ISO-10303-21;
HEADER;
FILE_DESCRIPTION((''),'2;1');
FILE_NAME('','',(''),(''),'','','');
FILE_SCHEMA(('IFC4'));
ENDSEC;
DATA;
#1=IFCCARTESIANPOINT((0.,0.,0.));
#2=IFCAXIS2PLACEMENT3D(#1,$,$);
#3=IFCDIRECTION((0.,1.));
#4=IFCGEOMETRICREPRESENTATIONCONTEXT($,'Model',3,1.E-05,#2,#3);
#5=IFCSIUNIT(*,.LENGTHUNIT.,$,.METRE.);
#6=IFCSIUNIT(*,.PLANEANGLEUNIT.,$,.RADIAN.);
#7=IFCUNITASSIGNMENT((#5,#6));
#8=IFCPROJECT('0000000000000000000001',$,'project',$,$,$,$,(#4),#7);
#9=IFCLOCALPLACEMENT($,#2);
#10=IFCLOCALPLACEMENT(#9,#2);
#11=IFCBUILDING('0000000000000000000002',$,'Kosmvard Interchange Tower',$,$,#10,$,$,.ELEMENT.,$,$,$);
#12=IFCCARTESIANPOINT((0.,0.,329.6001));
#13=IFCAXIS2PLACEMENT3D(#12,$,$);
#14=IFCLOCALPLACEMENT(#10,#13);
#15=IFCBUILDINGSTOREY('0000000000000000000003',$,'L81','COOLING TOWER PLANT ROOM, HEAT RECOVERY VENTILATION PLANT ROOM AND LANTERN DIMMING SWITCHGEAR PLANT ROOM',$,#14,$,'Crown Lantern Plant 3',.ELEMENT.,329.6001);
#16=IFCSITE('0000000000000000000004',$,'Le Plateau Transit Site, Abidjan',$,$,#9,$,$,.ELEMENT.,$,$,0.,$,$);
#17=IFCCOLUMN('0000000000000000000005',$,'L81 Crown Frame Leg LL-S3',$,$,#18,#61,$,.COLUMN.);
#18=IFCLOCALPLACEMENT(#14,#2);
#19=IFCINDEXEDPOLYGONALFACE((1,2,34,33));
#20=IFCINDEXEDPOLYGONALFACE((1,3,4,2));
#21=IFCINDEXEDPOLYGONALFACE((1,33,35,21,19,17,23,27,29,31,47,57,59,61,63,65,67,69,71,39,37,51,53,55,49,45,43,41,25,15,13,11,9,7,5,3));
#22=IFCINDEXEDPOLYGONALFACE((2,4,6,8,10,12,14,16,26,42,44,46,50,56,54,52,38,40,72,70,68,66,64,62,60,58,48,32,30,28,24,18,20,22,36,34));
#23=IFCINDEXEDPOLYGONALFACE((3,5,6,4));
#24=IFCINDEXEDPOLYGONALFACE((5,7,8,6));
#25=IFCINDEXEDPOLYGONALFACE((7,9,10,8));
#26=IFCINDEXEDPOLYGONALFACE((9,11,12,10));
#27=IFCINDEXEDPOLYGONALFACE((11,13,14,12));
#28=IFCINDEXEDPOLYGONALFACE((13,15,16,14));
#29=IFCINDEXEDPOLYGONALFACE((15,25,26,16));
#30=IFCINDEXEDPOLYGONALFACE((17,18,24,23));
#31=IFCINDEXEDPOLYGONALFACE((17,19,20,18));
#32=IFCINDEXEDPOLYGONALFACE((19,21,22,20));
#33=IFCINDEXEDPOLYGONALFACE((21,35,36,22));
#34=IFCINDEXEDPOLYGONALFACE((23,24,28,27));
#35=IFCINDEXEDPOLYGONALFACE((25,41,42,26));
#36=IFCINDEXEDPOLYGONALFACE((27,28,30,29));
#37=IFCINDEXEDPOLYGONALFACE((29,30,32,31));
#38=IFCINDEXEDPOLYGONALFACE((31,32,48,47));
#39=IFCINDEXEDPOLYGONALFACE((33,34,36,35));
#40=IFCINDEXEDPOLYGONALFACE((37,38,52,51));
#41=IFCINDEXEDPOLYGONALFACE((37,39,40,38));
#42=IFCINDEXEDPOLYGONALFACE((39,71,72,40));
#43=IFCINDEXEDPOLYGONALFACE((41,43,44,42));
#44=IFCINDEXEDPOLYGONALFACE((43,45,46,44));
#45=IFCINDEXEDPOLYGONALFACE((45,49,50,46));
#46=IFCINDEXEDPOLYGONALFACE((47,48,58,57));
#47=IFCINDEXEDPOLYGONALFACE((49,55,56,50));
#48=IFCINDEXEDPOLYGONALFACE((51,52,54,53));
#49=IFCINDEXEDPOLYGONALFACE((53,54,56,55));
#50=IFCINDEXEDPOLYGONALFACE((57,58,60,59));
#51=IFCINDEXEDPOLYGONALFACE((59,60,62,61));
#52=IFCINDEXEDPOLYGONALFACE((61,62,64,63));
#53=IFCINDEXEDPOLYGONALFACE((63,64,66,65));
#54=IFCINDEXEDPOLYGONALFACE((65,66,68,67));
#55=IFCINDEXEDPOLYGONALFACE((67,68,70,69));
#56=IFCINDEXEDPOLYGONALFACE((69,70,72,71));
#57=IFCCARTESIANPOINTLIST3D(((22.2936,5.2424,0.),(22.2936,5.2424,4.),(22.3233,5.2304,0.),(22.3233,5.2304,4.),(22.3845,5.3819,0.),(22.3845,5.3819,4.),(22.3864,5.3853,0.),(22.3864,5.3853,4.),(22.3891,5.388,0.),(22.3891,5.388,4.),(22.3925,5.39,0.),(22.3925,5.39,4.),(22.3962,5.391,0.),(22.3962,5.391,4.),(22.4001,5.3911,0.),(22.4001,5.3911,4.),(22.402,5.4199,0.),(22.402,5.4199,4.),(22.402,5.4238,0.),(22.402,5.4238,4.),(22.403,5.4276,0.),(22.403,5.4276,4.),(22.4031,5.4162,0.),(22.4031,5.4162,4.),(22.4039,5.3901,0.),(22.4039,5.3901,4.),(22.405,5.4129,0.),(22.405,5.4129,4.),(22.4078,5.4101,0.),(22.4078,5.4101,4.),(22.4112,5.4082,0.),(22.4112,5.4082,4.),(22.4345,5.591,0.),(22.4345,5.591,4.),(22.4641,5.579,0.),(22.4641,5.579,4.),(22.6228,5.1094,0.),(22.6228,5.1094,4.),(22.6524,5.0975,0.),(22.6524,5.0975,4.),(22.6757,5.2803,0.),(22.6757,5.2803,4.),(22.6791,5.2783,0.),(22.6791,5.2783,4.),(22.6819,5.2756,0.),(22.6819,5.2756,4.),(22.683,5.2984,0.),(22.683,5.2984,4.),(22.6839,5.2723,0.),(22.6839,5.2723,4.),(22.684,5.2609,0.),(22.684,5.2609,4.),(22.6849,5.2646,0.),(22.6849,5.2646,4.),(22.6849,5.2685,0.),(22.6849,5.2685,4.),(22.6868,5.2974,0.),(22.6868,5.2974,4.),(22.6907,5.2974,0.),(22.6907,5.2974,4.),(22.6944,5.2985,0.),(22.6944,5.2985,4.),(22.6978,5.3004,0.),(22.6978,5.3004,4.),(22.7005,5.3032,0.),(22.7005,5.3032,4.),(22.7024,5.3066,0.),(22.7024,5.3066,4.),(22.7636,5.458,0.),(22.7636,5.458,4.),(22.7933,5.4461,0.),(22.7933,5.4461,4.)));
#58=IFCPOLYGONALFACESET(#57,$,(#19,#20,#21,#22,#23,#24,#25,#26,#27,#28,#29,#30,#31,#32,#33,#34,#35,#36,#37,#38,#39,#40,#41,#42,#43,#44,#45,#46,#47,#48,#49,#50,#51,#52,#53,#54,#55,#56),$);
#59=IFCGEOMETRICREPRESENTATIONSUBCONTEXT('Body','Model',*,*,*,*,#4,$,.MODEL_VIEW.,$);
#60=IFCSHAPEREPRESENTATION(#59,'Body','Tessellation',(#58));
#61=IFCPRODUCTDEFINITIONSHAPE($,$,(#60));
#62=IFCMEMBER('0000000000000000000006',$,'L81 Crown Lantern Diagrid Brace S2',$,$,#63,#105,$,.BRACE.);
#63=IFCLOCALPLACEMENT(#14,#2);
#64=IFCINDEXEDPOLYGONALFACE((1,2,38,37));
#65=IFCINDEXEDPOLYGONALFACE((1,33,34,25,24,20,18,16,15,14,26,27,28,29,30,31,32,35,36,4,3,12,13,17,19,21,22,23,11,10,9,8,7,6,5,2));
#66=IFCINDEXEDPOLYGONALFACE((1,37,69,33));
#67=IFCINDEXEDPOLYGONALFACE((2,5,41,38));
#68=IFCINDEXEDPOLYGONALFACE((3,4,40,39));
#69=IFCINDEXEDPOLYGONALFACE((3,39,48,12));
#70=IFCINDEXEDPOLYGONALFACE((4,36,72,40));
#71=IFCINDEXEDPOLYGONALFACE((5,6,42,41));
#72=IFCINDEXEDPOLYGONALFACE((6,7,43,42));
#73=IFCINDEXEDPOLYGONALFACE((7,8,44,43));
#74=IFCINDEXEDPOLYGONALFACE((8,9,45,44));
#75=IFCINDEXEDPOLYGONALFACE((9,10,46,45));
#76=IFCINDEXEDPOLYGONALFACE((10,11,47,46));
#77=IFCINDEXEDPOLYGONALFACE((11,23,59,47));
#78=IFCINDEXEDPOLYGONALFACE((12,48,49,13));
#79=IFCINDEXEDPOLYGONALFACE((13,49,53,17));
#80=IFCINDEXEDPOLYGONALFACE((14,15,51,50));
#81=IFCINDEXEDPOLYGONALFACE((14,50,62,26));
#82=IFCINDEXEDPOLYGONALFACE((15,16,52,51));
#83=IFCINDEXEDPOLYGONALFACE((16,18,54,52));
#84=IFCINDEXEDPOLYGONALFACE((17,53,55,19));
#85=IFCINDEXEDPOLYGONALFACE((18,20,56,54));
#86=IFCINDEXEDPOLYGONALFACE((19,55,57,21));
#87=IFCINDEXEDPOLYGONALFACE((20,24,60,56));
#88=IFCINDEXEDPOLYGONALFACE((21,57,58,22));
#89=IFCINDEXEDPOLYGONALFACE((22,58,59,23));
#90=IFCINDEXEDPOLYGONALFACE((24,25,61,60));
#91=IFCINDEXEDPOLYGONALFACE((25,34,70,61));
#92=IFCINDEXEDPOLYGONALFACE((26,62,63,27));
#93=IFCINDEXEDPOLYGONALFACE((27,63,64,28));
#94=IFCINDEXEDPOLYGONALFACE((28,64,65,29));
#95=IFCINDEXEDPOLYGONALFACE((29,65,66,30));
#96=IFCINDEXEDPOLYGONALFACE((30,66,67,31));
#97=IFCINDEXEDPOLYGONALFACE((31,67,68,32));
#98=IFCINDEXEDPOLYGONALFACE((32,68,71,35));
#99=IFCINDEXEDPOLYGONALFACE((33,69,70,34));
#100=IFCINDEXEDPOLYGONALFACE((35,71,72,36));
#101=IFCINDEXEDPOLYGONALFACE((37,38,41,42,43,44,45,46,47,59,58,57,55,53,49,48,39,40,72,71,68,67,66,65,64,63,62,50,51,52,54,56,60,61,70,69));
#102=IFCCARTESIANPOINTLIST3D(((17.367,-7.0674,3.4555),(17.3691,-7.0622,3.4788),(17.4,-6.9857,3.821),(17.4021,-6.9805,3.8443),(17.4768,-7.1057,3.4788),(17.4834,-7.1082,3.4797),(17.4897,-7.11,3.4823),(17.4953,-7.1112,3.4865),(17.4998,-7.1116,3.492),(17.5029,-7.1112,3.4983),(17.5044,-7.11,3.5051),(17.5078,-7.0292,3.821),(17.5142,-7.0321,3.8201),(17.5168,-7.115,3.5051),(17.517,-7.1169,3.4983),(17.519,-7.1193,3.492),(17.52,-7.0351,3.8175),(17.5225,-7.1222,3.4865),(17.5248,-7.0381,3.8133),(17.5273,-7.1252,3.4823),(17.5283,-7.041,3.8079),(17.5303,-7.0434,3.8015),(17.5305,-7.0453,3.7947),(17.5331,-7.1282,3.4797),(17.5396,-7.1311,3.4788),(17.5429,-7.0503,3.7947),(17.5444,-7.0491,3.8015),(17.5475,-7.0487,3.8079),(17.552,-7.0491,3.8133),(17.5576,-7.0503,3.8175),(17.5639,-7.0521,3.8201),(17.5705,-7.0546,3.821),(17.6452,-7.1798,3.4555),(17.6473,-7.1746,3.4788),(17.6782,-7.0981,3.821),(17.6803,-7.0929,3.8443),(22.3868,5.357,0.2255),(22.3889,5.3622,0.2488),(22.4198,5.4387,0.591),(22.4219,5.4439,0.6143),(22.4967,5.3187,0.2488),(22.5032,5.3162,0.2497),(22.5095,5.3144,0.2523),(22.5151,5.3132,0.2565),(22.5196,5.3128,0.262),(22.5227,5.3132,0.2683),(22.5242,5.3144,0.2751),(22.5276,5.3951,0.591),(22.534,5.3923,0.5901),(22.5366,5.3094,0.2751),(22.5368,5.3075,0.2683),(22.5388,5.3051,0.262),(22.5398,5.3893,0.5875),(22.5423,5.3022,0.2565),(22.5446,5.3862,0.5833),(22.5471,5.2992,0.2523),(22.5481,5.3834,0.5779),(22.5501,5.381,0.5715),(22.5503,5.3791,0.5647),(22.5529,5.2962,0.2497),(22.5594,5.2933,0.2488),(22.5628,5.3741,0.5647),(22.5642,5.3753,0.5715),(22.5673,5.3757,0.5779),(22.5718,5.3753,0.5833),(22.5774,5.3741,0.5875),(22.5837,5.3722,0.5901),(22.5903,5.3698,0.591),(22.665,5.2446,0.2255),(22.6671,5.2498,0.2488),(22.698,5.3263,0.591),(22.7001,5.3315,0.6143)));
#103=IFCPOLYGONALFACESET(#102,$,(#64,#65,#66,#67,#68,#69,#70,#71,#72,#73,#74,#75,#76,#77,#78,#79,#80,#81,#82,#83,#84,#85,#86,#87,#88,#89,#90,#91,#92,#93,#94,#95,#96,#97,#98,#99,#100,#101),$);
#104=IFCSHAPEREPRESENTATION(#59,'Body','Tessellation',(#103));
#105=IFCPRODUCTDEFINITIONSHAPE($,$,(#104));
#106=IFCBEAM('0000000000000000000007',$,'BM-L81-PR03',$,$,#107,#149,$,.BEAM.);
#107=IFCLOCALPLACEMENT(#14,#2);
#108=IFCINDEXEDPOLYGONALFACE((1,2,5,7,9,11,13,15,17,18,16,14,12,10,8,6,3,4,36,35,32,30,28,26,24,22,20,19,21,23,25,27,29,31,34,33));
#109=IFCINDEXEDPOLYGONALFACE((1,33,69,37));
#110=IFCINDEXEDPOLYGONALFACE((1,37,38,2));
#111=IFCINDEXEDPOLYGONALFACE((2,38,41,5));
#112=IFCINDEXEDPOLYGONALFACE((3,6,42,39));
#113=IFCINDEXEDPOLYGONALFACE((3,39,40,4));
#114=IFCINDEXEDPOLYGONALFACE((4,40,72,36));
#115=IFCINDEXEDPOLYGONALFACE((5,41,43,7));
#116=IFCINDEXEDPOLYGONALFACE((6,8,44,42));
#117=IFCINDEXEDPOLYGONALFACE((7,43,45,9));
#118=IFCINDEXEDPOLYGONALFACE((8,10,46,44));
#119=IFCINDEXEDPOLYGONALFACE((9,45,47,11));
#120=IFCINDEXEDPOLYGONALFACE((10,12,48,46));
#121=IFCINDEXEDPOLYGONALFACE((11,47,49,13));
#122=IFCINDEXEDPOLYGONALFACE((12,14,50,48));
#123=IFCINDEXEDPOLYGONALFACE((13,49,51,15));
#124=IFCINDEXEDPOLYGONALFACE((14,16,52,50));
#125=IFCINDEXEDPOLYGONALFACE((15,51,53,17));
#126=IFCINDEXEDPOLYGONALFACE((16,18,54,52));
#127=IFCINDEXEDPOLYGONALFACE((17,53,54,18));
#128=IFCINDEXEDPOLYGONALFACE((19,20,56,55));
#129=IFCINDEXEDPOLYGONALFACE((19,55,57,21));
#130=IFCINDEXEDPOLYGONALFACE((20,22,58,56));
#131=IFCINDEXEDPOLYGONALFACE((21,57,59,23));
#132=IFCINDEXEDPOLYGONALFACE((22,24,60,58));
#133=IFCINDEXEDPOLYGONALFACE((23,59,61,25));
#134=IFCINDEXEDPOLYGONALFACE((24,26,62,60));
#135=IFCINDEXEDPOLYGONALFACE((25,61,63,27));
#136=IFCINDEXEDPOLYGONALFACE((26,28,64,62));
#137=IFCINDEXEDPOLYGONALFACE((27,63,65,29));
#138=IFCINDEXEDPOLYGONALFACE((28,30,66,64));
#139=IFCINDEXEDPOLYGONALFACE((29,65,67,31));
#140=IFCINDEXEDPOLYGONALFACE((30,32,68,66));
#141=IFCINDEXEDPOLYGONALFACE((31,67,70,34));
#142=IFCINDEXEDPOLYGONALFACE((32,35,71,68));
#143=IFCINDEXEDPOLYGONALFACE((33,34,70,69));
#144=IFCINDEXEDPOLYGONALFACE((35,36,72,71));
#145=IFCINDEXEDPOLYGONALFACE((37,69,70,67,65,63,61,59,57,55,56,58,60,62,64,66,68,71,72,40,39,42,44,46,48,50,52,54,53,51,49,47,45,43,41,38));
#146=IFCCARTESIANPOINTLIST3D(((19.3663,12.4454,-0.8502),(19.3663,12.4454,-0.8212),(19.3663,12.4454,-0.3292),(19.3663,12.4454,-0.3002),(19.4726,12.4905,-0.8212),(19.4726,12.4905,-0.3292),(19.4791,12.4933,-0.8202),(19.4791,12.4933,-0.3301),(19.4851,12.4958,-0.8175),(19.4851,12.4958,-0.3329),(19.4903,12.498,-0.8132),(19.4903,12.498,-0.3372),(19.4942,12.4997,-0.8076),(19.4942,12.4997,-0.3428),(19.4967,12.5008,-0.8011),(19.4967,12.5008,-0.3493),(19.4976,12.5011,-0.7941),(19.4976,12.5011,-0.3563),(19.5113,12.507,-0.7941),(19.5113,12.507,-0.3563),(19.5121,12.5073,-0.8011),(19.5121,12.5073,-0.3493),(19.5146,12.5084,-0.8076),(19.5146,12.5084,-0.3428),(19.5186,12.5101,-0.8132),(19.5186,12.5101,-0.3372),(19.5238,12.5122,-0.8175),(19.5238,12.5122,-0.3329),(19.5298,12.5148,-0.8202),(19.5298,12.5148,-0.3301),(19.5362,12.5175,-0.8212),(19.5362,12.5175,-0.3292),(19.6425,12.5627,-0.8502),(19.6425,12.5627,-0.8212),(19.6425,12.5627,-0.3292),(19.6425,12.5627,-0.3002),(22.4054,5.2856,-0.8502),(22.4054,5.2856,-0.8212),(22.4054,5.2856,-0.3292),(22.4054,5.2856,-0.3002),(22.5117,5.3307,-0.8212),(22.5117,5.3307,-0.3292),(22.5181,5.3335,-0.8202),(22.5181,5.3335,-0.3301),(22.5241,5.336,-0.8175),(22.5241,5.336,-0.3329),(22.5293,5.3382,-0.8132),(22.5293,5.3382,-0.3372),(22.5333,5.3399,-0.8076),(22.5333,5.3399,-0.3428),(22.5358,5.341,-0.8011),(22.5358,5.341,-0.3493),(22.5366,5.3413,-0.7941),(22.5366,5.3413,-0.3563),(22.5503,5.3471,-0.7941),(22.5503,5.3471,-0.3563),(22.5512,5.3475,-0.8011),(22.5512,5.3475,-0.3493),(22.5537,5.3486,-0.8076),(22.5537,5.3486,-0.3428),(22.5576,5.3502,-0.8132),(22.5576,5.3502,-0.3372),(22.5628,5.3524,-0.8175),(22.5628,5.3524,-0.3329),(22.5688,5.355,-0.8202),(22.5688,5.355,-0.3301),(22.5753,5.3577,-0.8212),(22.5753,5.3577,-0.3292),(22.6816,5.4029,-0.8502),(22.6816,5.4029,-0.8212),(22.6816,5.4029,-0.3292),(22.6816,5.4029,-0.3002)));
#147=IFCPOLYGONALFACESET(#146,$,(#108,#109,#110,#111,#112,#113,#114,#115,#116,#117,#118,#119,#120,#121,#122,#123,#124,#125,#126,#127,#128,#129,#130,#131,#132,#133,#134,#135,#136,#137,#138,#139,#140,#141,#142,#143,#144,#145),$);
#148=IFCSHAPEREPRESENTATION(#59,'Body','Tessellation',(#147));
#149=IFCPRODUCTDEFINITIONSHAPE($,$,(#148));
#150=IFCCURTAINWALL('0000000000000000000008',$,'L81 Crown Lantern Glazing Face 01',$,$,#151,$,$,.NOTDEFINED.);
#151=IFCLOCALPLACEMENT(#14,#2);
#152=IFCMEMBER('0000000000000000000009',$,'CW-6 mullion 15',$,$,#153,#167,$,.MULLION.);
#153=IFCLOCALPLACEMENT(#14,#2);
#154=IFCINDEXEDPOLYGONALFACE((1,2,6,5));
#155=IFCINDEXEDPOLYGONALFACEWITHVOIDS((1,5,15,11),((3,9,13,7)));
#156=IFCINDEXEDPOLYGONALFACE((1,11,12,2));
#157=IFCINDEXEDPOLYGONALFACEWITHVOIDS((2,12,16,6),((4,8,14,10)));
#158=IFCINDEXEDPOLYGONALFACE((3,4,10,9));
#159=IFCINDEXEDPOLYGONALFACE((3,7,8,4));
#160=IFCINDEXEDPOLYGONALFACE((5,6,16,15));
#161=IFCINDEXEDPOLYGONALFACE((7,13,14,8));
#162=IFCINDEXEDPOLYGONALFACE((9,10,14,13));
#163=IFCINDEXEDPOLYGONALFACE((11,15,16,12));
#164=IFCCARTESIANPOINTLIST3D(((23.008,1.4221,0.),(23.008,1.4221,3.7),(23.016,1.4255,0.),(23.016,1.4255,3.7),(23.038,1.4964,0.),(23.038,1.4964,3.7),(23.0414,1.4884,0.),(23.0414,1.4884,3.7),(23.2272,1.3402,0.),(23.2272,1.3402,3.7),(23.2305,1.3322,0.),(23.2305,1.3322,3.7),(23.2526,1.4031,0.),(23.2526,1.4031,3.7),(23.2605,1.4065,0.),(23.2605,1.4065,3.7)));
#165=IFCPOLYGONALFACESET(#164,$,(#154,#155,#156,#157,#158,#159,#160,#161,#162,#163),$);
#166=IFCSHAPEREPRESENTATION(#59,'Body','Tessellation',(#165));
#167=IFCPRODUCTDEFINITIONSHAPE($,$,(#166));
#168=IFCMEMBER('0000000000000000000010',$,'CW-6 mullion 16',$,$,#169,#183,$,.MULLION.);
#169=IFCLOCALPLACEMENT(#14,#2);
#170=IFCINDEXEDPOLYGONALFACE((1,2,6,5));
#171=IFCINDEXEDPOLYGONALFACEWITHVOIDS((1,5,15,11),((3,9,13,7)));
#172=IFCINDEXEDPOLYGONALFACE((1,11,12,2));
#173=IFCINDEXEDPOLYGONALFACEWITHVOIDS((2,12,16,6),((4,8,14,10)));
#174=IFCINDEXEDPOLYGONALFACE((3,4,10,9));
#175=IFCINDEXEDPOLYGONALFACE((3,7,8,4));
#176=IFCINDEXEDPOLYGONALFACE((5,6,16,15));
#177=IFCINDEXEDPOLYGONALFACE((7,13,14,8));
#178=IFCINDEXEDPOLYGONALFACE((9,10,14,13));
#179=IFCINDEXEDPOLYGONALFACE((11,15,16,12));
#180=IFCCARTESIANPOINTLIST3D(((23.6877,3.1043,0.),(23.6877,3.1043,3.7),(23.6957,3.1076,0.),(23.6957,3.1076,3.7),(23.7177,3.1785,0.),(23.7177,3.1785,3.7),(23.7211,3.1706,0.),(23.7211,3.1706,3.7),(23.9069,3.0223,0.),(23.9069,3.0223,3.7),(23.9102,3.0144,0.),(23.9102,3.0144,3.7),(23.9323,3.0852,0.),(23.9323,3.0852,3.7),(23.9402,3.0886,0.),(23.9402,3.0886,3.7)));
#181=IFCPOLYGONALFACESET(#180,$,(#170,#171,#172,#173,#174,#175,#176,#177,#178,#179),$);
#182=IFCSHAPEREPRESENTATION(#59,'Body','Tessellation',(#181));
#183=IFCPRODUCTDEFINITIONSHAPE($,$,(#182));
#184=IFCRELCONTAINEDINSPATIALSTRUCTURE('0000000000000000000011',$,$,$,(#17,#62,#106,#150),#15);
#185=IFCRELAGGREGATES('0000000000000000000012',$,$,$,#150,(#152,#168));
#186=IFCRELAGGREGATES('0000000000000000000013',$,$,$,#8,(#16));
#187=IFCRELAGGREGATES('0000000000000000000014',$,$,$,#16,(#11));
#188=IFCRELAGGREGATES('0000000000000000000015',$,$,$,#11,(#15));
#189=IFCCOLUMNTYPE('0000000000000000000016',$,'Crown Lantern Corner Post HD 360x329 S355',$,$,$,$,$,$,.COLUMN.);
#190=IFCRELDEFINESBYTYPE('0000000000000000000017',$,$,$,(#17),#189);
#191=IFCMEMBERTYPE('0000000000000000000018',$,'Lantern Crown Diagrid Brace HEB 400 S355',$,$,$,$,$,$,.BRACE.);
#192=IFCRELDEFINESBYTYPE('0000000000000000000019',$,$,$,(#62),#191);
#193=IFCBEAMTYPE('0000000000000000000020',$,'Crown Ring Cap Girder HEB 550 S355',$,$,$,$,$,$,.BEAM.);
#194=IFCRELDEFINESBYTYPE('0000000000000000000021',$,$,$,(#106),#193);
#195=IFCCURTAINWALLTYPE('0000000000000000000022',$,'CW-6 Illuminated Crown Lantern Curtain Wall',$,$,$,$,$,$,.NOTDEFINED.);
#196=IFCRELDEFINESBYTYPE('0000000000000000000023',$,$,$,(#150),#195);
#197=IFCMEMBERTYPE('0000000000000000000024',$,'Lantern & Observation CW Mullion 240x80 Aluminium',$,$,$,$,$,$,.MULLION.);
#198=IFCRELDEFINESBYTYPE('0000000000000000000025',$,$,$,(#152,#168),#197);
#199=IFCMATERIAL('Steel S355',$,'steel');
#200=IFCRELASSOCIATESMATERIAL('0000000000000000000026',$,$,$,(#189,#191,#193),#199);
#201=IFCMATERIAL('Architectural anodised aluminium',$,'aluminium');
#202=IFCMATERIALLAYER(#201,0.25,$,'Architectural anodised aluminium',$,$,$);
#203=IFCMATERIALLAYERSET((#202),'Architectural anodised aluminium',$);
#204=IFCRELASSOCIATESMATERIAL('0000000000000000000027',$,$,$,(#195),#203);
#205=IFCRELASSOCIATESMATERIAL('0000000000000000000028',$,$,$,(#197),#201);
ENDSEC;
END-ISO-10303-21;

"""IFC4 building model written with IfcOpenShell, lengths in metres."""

from ifc_helpers import new_model, si_unit, direction, frame, origin, origin_2d, place, context, subcontext, project, spatial, hollow_rectangle, i_section, extrude, source, transform, mapped, material, layer, layer_set, material_profile, profile_set, type_object, element, aggregate, save


model = new_model("IFC4")

# Units and contexts
model_context = context("Model", 3, precision=1e-05, world=origin(), true_north=direction((0.0, 1.0)))
body_context = subcontext(model_context, "Body", "Model", "MODEL_VIEW")
ifc_project = project(units=[si_unit("LENGTHUNIT", "METRE"), si_unit("PLANEANGLEUNIT", "RADIAN")], contexts=[model_context])

# Site, building, storey
site_placement = place(None, origin())
site = spatial("IfcSite", under=ifc_project, at=site_placement, Name="Le Plateau Transit Site, Abidjan", CompositionType="ELEMENT", RefElevation=0.0)
building_placement = place(site_placement, origin())
building = spatial("IfcBuilding", under=site, at=building_placement, Name="Kosmvard Interchange Tower", CompositionType="ELEMENT")
storey_placement = place(building_placement, frame((0.0, 0.0, 329.6001)))
storey = spatial("IfcBuildingStorey", under=building, at=storey_placement, Name="L81", Description="COOLING TOWER PLANT ROOM, HEAT RECOVERY VENTILATION PLANT ROOM AND LANTERN DIMMING SWITCHGEAR PLANT ROOM", LongName="Crown Lantern Plant 3", CompositionType="ELEMENT", Elevation=329.6001)

# Column
ifc_material_1 = material(Name="Steel S355", Category="steel")
ifc_material_profile_1 = material_profile(ifc_material_1, i_section(OverallWidth=0.376, OverallDepth=0.387, WebThickness=0.0195, FlangeThickness=0.032, FilletRadius=0.0149, at=origin_2d()), Name="HD 360x329")
ifc_profile_set_1 = profile_set([ifc_material_profile_1], Name="Steel S355")
column_type = type_object("IfcColumnType", Name="Crown Lantern Corner Post HD 360x329 S355", PredefinedType="COLUMN", material=ifc_profile_set_1)
shared_shape_1 = source(origin(), body_context, "Body", "SweptSolid", [
    extrude(i_section(OverallWidth=0.376, OverallDepth=0.387, WebThickness=0.0195, FlangeThickness=0.032, FilletRadius=0.0149, at=origin_2d()), origin(), (0.0, 0.0, 1.0), 4.0),
])
column_placement = place(storey_placement, frame((22.5435, 5.3442, 0.0), z_axis=(0.0, 0.0, 1.0), x_axis=(0.374607, 0.927184, 0.0)))
element("IfcColumn", 1, at=column_placement, inside=storey, type_object=column_type, Name="L81 Crown Frame Leg LL-S3", PredefinedType="COLUMN", context=body_context, shape_type="MappedRepresentation", body=[
    mapped(shared_shape_1, transform((0.0, 0.0, 0.0), scale=1.0)),
])

# Member
ifc_material_profile_2 = material_profile(ifc_material_1, i_section(OverallWidth=0.3, OverallDepth=0.3999, WebThickness=0.0134, FlangeThickness=0.0239, FilletRadius=0.0271, at=origin_2d()), Name="HEB 400")
ifc_profile_set_2 = profile_set([ifc_material_profile_2], Name="Steel S355")
member_type_1 = type_object("IfcMemberType", Name="Lantern Crown Diagrid Brace HEB 400 S355", PredefinedType="BRACE", material=ifc_profile_set_2)
shared_shape_2 = source(origin(), body_context, "Body", "SweptSolid", [
    extrude(i_section(OverallWidth=0.3, OverallDepth=0.3999, WebThickness=0.0134, FlangeThickness=0.0239, FilletRadius=0.0271, at=origin_2d()), origin(), (0.0, 0.0, 1.0), 13.7839),
])
member_1_placement = place(storey_placement, frame((22.5435, 5.3442, 0.4199), z_axis=(-0.364178, -0.901368, 0.234331), x_axis=(0.927183, -0.374608, 0.0)))
element("IfcMember", 2, at=member_1_placement, inside=storey, type_object=member_type_1, Name="L81 Crown Lantern Diagrid Brace S2", PredefinedType="BRACE", context=body_context, shape_type="MappedRepresentation", body=[
    mapped(shared_shape_2, transform((0.0, 0.0, 0.0), scale=1.0)),
])

# Beam
ifc_material_profile_3 = material_profile(ifc_material_1, i_section(OverallWidth=0.3, OverallDepth=0.55, WebThickness=0.0149, FlangeThickness=0.0291, FilletRadius=0.0271, at=origin_2d()), Name="HEB 550")
ifc_profile_set_3 = profile_set([ifc_material_profile_3], Name="Steel S355")
beam_type = type_object("IfcBeamType", Name="Crown Ring Cap Girder HEB 550 S355", PredefinedType="BEAM", material=ifc_profile_set_3)
shared_shape_3 = source(origin(), body_context, "Body", "SweptSolid", [
    extrude(i_section(OverallWidth=0.3, OverallDepth=0.55, WebThickness=0.0149, FlangeThickness=0.0291, FilletRadius=0.0271, at=origin_2d()), origin(), (0.0, 0.0, 1.0), 7.7781),
])
beam_placement = place(storey_placement, frame((22.5435, 5.3442, -0.5752), z_axis=(-0.390716, 0.920511, 0.0), x_axis=(-0.920511, -0.390716, 0.0)))
element("IfcBeam", 3, at=beam_placement, inside=storey, type_object=beam_type, Name="BM-L81-PR03", PredefinedType="BEAM", context=body_context, shape_type="MappedRepresentation", body=[
    mapped(shared_shape_3, transform((0.0, 0.0, 0.0), scale=1.0)),
])

# Curtain wall, members
ifc_material_2 = material(Name="Architectural anodised aluminium", Category="aluminium")
ifc_layer_1 = layer(ifc_material_2, 0.25, Name="Architectural anodised aluminium")
ifc_layer_set_1 = layer_set([ifc_layer_1], Name="Architectural anodised aluminium")
curtain_wall_type = type_object("IfcCurtainWallType", Name="CW-6 Illuminated Crown Lantern Curtain Wall", PredefinedType="NOTDEFINED", material=ifc_layer_set_1)
curtain_wall_placement = place(storey_placement, origin())
curtain_wall = element("IfcCurtainWall", 4, at=curtain_wall_placement, inside=storey, type_object=curtain_wall_type, Name="L81 Crown Lantern Glazing Face 01", PredefinedType="NOTDEFINED")
ifc_material_profile_4 = material_profile(ifc_material_2, hollow_rectangle(XDim=0.24, YDim=0.0801, WallThickness=0.0061, at=origin_2d()), Name="CWM 240x80x6")
ifc_profile_set_4 = profile_set([ifc_material_profile_4], Name="Architectural anodised aluminium")
member_type_2 = type_object("IfcMemberType", Name="Lantern & Observation CW Mullion 240x80 Aluminium", PredefinedType="MULLION", material=ifc_profile_set_4)
shared_shape_4 = source(origin(), body_context, "Body", "SweptSolid", [
    extrude(hollow_rectangle(XDim=0.24, YDim=0.0801, WallThickness=0.0061, at=origin_2d()), origin(), (0.0, 0.0, 1.0), 3.7),
])
member_2_placement = place(storey_placement, frame((23.1343, 1.4143, 0.0), z_axis=(0.0, 0.0, 1.0), x_axis=(-0.927184, 0.374607, 0.0)))
member_2 = element("IfcMember", 5, at=member_2_placement, type_object=member_type_2, Name="CW-6 mullion 15", PredefinedType="MULLION", context=body_context, shape_type="MappedRepresentation", body=[
    mapped(shared_shape_4, transform((0.0, 0.0, 0.0), scale=1.0)),
])
member_3_placement = place(storey_placement, frame((23.814, 3.0964, 0.0), z_axis=(0.0, 0.0, 1.0), x_axis=(-0.927184, 0.374607, 0.0)))
member_3 = element("IfcMember", 6, at=member_3_placement, type_object=member_type_2, Name="CW-6 mullion 16", PredefinedType="MULLION", context=body_context, shape_type="MappedRepresentation", body=[
    mapped(shared_shape_4, transform((0.0, 0.0, 0.0), scale=1.0)),
])

aggregate(curtain_wall, [member_2, member_3])

save(model, "model.ifc")
